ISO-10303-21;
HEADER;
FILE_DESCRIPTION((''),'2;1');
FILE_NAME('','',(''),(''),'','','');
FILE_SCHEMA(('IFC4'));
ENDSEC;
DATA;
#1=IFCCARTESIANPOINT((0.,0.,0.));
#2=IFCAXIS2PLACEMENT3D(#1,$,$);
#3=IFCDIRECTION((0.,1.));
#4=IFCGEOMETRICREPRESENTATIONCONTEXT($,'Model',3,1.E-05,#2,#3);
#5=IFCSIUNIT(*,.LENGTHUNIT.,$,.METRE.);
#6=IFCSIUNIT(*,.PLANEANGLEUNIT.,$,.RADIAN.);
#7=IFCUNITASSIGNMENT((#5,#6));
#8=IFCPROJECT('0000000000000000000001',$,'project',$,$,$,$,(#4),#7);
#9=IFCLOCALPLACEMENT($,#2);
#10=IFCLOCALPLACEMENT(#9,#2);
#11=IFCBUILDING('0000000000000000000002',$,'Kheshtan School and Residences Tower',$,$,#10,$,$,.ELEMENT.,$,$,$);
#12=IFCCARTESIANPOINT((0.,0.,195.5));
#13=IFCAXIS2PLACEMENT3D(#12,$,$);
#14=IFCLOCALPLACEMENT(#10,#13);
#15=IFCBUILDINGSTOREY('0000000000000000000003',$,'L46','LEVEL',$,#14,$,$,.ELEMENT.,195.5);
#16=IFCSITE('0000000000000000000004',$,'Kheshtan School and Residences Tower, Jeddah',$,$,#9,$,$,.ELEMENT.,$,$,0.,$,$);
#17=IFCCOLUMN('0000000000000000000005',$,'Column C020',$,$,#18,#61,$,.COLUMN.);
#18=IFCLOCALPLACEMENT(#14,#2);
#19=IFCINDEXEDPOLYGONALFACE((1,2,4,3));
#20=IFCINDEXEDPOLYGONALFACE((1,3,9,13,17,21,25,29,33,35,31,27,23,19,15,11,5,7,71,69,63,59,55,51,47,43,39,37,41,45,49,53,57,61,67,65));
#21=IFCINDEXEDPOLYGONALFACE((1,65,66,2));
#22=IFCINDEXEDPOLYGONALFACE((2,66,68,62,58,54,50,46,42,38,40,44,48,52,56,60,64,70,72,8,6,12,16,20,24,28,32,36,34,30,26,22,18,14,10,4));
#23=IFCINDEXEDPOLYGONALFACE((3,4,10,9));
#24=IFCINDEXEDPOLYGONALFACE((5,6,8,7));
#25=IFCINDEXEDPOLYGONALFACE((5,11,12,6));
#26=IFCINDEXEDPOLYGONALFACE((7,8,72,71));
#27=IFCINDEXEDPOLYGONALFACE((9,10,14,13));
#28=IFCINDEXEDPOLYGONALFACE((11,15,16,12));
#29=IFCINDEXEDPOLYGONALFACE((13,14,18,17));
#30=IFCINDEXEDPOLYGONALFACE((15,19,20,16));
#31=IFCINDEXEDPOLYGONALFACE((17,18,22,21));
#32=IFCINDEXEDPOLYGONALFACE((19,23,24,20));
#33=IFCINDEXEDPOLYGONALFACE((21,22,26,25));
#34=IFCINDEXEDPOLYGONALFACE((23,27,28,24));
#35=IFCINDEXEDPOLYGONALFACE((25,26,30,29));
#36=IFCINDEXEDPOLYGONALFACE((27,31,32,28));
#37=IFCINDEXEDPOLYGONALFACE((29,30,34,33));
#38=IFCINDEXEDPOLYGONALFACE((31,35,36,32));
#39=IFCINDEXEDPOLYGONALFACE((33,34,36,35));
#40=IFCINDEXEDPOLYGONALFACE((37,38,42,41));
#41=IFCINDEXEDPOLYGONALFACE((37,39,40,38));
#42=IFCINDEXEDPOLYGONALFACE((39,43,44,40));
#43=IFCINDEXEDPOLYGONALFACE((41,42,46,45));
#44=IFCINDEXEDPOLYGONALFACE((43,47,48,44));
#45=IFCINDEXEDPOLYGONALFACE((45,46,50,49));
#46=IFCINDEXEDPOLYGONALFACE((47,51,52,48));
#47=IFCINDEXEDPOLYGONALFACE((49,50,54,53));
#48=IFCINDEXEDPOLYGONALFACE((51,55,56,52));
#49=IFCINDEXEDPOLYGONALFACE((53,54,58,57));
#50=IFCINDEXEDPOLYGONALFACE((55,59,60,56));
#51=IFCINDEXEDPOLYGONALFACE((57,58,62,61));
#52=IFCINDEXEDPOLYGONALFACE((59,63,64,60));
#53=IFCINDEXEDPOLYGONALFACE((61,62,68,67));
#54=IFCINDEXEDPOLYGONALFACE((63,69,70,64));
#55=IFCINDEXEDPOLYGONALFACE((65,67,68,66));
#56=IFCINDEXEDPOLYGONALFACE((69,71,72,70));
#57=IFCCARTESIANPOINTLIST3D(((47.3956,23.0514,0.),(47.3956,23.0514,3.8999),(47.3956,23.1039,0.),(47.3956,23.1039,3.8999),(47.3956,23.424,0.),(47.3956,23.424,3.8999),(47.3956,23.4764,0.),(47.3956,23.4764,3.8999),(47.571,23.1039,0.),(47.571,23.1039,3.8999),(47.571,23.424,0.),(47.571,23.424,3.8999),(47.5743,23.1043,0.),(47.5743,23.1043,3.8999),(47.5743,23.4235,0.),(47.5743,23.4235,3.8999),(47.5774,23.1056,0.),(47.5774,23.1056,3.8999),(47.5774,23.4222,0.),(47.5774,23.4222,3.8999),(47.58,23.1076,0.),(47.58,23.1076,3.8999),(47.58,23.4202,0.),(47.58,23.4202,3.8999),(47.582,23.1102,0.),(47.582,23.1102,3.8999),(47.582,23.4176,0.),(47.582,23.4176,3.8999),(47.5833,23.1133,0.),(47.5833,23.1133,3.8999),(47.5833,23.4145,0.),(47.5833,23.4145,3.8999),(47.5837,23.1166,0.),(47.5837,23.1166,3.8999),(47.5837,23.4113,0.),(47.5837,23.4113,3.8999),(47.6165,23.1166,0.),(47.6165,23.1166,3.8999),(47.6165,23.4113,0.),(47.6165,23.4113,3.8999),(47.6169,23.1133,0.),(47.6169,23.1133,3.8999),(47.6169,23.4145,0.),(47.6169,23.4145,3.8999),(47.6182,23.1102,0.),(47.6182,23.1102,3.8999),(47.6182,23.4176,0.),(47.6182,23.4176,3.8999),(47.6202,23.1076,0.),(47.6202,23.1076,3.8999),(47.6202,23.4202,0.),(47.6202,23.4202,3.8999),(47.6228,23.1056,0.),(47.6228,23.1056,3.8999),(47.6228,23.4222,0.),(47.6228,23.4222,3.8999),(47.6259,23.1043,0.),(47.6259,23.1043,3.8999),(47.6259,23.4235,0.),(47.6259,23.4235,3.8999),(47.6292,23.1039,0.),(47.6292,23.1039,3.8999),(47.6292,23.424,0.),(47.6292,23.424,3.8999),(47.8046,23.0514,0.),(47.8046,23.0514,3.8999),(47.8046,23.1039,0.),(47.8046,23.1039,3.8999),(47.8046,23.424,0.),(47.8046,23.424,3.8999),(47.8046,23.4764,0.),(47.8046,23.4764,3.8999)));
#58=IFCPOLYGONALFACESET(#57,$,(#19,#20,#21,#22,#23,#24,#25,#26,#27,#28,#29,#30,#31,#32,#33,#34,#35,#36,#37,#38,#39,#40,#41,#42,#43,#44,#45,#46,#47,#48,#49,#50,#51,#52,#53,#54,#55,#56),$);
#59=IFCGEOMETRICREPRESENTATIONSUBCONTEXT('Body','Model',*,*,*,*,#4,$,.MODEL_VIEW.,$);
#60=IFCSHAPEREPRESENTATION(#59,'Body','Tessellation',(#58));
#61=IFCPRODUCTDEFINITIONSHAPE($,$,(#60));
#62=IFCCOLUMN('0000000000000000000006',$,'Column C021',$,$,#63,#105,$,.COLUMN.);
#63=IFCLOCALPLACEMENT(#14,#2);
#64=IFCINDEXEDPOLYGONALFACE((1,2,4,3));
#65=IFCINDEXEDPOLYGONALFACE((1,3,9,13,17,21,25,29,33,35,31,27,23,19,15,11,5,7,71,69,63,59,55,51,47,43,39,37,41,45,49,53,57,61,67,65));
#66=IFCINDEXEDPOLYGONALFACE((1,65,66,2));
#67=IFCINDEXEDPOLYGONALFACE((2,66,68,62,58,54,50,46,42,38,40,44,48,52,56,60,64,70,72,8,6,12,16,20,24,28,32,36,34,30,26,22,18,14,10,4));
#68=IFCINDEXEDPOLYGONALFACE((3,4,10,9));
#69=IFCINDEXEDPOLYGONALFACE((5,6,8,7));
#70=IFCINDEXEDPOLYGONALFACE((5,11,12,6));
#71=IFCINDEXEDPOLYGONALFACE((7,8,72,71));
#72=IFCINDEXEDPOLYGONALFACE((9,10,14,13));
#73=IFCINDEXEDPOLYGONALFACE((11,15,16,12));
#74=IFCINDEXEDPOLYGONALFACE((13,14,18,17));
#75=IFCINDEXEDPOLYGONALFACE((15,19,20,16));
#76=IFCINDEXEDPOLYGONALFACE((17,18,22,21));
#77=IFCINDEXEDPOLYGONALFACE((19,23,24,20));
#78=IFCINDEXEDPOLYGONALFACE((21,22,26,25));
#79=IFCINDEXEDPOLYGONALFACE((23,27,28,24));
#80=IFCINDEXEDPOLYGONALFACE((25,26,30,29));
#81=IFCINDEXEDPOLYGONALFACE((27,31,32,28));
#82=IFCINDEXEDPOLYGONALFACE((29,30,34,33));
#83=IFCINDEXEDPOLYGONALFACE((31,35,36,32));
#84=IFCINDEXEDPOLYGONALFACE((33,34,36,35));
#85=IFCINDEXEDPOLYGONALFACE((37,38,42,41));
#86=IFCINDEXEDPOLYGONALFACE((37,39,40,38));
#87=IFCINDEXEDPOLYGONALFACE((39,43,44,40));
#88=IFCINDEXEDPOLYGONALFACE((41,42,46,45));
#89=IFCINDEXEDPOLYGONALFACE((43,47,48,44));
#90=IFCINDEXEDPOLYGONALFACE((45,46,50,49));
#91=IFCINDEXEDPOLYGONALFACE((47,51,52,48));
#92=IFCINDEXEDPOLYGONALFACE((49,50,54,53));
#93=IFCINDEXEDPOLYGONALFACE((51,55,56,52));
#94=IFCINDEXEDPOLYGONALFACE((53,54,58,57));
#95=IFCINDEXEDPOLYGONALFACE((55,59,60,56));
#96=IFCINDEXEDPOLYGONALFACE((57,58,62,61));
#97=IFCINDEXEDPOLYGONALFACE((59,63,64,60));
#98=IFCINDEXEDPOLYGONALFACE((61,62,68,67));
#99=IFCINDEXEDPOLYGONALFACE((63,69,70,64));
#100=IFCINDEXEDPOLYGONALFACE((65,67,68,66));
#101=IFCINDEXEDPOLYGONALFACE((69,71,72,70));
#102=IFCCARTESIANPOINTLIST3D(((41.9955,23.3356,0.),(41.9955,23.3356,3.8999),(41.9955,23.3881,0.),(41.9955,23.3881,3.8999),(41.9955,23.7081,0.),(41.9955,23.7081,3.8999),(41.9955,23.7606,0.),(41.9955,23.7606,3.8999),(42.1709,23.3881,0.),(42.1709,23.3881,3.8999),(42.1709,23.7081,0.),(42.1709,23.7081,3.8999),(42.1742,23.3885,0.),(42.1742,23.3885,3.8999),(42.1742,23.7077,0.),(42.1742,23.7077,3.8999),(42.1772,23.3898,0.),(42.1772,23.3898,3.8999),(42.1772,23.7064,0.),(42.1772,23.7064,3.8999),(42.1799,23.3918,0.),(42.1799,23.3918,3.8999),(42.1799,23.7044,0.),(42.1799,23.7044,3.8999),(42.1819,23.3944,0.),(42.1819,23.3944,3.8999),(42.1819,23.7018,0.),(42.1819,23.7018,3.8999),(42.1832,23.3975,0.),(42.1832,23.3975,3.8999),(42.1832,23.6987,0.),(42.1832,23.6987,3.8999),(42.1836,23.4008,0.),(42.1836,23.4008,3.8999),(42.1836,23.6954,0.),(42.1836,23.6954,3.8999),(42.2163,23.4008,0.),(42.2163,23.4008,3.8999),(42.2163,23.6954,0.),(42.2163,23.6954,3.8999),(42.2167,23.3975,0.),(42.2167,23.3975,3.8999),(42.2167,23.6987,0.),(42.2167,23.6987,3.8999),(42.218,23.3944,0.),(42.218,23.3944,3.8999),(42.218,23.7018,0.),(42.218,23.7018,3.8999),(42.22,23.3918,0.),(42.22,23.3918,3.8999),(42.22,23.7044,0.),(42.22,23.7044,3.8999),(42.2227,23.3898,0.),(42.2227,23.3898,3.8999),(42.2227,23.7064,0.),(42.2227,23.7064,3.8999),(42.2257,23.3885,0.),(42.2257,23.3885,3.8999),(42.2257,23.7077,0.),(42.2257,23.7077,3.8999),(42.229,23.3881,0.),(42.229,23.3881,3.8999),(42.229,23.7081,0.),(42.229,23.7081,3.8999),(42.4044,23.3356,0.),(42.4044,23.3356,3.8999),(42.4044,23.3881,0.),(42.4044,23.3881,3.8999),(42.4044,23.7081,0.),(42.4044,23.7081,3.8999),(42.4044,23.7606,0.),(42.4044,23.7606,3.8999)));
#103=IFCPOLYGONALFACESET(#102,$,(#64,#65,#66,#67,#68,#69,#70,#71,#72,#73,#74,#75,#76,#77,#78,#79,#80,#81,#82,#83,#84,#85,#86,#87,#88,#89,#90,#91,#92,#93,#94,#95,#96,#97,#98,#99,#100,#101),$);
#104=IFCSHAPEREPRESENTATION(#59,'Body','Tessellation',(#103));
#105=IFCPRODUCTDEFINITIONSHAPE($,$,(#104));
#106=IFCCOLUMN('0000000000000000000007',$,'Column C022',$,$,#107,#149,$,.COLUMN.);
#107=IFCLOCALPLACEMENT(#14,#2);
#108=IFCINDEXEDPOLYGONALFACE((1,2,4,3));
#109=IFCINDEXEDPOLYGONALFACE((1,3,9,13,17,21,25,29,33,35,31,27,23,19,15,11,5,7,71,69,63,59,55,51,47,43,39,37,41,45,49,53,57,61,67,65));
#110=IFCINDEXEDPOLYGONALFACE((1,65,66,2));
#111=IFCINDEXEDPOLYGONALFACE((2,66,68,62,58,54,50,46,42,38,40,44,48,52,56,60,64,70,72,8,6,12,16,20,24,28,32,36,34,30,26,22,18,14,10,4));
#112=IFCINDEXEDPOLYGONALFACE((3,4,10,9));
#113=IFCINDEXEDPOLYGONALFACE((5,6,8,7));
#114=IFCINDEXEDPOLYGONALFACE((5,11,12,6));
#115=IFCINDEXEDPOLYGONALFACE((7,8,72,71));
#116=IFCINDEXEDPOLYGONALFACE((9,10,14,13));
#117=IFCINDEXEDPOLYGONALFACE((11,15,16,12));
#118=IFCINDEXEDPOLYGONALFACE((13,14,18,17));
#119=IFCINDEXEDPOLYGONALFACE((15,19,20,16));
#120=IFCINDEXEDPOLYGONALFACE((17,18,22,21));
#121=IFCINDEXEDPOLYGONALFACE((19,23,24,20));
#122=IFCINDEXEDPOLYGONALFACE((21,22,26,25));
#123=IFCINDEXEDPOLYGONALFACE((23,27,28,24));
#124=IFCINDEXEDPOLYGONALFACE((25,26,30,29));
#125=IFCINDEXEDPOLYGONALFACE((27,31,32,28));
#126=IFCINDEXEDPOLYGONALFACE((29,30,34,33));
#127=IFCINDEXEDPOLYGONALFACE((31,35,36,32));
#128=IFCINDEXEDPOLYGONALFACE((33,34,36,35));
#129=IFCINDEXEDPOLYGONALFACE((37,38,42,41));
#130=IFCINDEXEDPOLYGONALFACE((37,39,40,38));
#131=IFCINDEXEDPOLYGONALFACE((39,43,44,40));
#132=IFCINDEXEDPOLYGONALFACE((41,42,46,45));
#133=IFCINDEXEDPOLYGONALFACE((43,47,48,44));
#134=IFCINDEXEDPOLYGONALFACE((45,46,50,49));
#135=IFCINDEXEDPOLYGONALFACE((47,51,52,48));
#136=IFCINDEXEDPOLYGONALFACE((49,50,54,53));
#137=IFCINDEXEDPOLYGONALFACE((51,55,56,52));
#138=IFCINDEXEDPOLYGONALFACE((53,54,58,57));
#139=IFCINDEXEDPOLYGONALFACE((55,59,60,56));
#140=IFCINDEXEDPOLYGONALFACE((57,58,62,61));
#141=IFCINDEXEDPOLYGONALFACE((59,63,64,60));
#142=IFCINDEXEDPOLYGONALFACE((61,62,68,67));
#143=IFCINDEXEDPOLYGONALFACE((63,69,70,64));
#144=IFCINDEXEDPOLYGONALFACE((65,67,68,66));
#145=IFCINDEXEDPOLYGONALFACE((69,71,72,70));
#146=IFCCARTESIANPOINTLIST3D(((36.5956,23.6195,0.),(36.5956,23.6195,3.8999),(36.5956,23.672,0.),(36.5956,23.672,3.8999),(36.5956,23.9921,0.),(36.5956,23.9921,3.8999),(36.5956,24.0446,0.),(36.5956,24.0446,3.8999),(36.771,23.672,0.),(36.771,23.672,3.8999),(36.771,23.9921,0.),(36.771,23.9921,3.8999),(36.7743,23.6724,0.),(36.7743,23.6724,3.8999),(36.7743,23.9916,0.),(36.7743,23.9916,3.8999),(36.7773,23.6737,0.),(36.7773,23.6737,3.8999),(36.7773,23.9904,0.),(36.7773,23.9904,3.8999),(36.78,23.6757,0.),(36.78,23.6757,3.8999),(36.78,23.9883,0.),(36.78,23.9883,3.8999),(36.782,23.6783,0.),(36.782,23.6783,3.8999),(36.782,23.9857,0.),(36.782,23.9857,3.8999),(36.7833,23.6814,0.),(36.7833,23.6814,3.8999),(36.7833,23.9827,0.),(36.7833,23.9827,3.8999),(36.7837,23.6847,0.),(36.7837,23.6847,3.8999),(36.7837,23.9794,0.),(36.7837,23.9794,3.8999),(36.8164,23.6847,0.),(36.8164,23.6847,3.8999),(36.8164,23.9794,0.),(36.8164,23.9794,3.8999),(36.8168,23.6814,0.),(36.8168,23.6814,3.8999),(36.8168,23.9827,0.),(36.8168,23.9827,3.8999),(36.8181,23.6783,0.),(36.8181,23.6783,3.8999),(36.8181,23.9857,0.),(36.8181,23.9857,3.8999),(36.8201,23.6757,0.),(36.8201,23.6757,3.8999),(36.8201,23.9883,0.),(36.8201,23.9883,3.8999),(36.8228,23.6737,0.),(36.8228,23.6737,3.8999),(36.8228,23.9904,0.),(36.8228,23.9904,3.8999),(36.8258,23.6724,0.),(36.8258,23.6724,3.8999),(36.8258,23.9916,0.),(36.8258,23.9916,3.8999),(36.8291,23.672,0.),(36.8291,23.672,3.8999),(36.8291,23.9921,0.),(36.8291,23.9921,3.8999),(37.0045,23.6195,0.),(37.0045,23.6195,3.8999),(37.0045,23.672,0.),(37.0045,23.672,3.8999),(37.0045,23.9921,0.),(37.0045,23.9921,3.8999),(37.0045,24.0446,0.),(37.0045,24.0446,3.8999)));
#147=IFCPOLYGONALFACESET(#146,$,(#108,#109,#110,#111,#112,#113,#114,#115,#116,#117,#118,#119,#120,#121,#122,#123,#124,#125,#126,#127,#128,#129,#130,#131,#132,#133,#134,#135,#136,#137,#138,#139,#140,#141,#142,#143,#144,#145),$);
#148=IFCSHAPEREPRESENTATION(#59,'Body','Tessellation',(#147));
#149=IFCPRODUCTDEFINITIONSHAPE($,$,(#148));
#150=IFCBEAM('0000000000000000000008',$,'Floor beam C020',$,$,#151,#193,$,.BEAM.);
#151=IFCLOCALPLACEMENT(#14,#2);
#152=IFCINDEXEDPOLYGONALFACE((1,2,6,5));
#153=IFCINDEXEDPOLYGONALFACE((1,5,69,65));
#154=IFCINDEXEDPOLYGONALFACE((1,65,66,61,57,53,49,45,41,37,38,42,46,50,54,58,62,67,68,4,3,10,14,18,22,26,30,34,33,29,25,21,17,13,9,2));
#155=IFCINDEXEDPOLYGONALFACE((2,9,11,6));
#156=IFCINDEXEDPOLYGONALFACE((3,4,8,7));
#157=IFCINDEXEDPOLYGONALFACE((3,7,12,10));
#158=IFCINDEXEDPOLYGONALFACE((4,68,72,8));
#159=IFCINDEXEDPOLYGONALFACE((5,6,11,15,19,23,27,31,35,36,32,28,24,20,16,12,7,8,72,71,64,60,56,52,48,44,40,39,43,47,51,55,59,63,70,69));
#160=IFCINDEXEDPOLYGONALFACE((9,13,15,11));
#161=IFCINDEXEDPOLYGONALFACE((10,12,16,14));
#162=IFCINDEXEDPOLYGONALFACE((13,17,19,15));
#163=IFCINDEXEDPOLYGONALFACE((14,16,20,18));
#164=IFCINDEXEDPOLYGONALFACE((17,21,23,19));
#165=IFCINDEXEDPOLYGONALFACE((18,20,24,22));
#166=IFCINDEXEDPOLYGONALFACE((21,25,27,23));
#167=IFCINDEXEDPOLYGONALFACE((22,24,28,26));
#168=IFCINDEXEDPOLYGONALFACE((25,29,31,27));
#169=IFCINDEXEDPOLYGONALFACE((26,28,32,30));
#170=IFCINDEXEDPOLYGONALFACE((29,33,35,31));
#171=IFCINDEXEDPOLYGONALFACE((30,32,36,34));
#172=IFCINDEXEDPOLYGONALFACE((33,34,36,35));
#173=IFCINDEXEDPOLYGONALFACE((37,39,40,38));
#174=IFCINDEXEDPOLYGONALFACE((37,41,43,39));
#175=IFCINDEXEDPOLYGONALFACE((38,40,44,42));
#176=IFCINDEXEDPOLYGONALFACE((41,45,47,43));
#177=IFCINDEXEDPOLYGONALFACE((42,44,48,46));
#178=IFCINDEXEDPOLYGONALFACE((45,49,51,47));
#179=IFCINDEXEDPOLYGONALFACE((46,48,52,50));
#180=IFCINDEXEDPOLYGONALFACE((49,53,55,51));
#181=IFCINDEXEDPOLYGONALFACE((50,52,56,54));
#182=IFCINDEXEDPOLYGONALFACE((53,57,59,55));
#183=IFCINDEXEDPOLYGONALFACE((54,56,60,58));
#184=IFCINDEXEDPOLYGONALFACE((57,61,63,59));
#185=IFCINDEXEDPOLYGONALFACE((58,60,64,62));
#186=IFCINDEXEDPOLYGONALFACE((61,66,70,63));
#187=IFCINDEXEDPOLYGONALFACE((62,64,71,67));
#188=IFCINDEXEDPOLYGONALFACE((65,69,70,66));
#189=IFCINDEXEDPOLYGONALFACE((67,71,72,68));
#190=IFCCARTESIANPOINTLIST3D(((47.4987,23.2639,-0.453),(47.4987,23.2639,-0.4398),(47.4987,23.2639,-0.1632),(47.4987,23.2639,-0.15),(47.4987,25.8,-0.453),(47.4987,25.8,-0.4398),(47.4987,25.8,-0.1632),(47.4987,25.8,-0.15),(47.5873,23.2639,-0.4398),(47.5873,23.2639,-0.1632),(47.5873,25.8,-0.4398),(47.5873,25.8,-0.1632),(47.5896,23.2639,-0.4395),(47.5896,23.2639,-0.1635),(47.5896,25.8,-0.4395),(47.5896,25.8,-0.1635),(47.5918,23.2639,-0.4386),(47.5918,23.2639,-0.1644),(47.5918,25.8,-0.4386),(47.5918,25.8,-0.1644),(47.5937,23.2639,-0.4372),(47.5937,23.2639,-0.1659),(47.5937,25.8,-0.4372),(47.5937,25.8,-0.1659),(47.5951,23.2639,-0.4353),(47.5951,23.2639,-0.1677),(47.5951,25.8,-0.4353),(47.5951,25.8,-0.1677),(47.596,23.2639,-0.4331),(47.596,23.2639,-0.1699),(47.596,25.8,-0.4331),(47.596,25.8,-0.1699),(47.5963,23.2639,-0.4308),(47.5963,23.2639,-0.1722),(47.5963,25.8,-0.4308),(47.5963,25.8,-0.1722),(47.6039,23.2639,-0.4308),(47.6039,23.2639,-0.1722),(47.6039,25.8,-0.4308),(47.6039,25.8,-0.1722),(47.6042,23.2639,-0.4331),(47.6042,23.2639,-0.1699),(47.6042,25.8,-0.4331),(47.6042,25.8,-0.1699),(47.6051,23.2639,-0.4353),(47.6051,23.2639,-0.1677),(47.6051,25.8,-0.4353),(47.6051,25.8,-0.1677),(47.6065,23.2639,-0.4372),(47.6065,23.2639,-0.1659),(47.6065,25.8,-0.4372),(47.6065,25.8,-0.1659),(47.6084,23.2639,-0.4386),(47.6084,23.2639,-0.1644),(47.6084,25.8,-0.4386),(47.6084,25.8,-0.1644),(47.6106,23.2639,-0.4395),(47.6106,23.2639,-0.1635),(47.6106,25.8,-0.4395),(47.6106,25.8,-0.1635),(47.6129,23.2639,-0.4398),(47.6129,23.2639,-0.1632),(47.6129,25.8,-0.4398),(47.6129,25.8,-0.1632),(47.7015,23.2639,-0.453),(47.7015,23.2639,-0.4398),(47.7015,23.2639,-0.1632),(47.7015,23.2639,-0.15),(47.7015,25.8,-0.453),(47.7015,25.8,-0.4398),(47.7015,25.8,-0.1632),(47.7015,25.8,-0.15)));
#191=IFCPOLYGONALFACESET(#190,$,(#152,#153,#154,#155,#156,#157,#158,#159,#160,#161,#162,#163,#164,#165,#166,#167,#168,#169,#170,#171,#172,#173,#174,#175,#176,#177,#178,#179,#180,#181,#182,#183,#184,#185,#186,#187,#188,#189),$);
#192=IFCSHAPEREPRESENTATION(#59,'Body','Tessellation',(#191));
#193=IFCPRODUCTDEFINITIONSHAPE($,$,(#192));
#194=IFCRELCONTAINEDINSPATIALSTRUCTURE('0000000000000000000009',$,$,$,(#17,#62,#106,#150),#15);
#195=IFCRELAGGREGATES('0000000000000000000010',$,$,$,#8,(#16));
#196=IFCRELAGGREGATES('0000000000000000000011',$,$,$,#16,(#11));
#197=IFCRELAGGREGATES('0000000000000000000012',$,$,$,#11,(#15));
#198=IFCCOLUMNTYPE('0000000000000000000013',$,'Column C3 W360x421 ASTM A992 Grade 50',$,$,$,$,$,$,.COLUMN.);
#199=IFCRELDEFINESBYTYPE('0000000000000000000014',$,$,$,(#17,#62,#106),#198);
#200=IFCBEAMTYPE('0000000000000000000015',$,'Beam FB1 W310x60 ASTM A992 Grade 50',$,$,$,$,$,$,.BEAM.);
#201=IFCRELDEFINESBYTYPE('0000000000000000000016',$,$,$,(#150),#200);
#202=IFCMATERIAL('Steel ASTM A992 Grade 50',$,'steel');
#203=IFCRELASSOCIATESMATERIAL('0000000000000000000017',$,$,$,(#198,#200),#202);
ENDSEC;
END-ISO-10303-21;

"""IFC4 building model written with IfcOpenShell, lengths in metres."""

from ifc_helpers import new_model, si_unit, direction, frame, origin, origin_2d, place, context, subcontext, project, spatial, i_section, extrude, material, material_profile, profile_set, type_object, element, save


model = new_model("IFC4")

# Units and contexts
model_context = context("Model", 3, precision=1e-05, world=origin(), true_north=direction((0.0, 1.0)))
body_context = subcontext(model_context, "Body", "Model", "MODEL_VIEW")
ifc_project = project(units=[si_unit("LENGTHUNIT", "METRE"), si_unit("PLANEANGLEUNIT", "RADIAN")], contexts=[model_context])

# Site, building, storey
site_placement = place(None, origin())
site = spatial("IfcSite", under=ifc_project, at=site_placement, Name="Kheshtan School and Residences Tower, Jeddah", CompositionType="ELEMENT", RefElevation=0.0)
building_placement = place(site_placement, origin())
building = spatial("IfcBuilding", under=site, at=building_placement, Name="Kheshtan School and Residences Tower", CompositionType="ELEMENT")
storey_placement = place(building_placement, frame((0.0, 0.0, 195.5)))
storey = spatial("IfcBuildingStorey", under=building, at=storey_placement, Name="L46", Description="LEVEL", CompositionType="ELEMENT", Elevation=195.5)

# Columns
ifc_material_1 = material(Name="Steel ASTM A992 Grade 50", Category="steel")
ifc_material_profile_1 = material_profile(ifc_material_1, i_section(OverallWidth=0.4089, OverallDepth=0.425, WebThickness=0.0327, FlangeThickness=0.0525, FilletRadius=0.0127, at=origin_2d()), Name="W360x421")
ifc_profile_set_1 = profile_set([ifc_material_profile_1], Name="Steel ASTM A992 Grade 50")
column_type = type_object("IfcColumnType", Name="Column C3 W360x421 ASTM A992 Grade 50", PredefinedType="COLUMN", material=ifc_profile_set_1)
for number, where, z_axis, x_axis, name in (
    (1, (47.6001, 23.2639, 0.0), (0.0, 0.0, 1.0), (1.0, 0.0, 0.0), "Column C020"),
    (2, (42.2, 23.5481, 0.0), (0.0, 0.0, 1.0), (1.0, 0.0, 0.0), "Column C021"),
    (3, (36.8, 23.832, 0.0), (0.0, 0.0, 1.0), (1.0, 0.0, 0.0), "Column C022"),
):
    element("IfcColumn", number, at=place(storey_placement, frame(where, z_axis=z_axis, x_axis=x_axis)), inside=storey, type_object=column_type, Name=name, PredefinedType="COLUMN", context=body_context, shape_type="SweptSolid", body=[
        extrude(i_section(OverallWidth=0.4089, OverallDepth=0.425, WebThickness=0.0327, FlangeThickness=0.0525, FilletRadius=0.0127, at=origin_2d()), origin(), (0.0, 0.0, 1.0), 3.8999),
    ])

# Beam
ifc_material_profile_2 = material_profile(ifc_material_1, i_section(OverallWidth=0.2029, OverallDepth=0.303, WebThickness=0.0076, FlangeThickness=0.0132, FilletRadius=0.009, at=origin_2d()), Name="W310x60")
ifc_profile_set_2 = profile_set([ifc_material_profile_2], Name="Steel ASTM A992 Grade 50")
beam_type_1 = type_object("IfcBeamType", Name="Beam FB1 W310x60 ASTM A992 Grade 50", PredefinedType="BEAM", material=ifc_profile_set_2)
beam_1_placement = place(storey_placement, frame((47.6001, 23.2639, -0.3015), z_axis=(0.0, 1.0, 0.0), x_axis=(-1.0, 0.0, 0.0)))
element("IfcBeam", 4, at=beam_1_placement, inside=storey, type_object=beam_type_1, Name="Floor beam C020", PredefinedType="BEAM", context=body_context, shape_type="SweptSolid", body=[
    extrude(i_section(OverallWidth=0.2029, OverallDepth=0.303, WebThickness=0.0076, FlangeThickness=0.0132, FilletRadius=0.009, at=origin_2d()), origin(), (0.0, 0.0, 1.0), 2.5361),
])

save(model, "model.ifc")
